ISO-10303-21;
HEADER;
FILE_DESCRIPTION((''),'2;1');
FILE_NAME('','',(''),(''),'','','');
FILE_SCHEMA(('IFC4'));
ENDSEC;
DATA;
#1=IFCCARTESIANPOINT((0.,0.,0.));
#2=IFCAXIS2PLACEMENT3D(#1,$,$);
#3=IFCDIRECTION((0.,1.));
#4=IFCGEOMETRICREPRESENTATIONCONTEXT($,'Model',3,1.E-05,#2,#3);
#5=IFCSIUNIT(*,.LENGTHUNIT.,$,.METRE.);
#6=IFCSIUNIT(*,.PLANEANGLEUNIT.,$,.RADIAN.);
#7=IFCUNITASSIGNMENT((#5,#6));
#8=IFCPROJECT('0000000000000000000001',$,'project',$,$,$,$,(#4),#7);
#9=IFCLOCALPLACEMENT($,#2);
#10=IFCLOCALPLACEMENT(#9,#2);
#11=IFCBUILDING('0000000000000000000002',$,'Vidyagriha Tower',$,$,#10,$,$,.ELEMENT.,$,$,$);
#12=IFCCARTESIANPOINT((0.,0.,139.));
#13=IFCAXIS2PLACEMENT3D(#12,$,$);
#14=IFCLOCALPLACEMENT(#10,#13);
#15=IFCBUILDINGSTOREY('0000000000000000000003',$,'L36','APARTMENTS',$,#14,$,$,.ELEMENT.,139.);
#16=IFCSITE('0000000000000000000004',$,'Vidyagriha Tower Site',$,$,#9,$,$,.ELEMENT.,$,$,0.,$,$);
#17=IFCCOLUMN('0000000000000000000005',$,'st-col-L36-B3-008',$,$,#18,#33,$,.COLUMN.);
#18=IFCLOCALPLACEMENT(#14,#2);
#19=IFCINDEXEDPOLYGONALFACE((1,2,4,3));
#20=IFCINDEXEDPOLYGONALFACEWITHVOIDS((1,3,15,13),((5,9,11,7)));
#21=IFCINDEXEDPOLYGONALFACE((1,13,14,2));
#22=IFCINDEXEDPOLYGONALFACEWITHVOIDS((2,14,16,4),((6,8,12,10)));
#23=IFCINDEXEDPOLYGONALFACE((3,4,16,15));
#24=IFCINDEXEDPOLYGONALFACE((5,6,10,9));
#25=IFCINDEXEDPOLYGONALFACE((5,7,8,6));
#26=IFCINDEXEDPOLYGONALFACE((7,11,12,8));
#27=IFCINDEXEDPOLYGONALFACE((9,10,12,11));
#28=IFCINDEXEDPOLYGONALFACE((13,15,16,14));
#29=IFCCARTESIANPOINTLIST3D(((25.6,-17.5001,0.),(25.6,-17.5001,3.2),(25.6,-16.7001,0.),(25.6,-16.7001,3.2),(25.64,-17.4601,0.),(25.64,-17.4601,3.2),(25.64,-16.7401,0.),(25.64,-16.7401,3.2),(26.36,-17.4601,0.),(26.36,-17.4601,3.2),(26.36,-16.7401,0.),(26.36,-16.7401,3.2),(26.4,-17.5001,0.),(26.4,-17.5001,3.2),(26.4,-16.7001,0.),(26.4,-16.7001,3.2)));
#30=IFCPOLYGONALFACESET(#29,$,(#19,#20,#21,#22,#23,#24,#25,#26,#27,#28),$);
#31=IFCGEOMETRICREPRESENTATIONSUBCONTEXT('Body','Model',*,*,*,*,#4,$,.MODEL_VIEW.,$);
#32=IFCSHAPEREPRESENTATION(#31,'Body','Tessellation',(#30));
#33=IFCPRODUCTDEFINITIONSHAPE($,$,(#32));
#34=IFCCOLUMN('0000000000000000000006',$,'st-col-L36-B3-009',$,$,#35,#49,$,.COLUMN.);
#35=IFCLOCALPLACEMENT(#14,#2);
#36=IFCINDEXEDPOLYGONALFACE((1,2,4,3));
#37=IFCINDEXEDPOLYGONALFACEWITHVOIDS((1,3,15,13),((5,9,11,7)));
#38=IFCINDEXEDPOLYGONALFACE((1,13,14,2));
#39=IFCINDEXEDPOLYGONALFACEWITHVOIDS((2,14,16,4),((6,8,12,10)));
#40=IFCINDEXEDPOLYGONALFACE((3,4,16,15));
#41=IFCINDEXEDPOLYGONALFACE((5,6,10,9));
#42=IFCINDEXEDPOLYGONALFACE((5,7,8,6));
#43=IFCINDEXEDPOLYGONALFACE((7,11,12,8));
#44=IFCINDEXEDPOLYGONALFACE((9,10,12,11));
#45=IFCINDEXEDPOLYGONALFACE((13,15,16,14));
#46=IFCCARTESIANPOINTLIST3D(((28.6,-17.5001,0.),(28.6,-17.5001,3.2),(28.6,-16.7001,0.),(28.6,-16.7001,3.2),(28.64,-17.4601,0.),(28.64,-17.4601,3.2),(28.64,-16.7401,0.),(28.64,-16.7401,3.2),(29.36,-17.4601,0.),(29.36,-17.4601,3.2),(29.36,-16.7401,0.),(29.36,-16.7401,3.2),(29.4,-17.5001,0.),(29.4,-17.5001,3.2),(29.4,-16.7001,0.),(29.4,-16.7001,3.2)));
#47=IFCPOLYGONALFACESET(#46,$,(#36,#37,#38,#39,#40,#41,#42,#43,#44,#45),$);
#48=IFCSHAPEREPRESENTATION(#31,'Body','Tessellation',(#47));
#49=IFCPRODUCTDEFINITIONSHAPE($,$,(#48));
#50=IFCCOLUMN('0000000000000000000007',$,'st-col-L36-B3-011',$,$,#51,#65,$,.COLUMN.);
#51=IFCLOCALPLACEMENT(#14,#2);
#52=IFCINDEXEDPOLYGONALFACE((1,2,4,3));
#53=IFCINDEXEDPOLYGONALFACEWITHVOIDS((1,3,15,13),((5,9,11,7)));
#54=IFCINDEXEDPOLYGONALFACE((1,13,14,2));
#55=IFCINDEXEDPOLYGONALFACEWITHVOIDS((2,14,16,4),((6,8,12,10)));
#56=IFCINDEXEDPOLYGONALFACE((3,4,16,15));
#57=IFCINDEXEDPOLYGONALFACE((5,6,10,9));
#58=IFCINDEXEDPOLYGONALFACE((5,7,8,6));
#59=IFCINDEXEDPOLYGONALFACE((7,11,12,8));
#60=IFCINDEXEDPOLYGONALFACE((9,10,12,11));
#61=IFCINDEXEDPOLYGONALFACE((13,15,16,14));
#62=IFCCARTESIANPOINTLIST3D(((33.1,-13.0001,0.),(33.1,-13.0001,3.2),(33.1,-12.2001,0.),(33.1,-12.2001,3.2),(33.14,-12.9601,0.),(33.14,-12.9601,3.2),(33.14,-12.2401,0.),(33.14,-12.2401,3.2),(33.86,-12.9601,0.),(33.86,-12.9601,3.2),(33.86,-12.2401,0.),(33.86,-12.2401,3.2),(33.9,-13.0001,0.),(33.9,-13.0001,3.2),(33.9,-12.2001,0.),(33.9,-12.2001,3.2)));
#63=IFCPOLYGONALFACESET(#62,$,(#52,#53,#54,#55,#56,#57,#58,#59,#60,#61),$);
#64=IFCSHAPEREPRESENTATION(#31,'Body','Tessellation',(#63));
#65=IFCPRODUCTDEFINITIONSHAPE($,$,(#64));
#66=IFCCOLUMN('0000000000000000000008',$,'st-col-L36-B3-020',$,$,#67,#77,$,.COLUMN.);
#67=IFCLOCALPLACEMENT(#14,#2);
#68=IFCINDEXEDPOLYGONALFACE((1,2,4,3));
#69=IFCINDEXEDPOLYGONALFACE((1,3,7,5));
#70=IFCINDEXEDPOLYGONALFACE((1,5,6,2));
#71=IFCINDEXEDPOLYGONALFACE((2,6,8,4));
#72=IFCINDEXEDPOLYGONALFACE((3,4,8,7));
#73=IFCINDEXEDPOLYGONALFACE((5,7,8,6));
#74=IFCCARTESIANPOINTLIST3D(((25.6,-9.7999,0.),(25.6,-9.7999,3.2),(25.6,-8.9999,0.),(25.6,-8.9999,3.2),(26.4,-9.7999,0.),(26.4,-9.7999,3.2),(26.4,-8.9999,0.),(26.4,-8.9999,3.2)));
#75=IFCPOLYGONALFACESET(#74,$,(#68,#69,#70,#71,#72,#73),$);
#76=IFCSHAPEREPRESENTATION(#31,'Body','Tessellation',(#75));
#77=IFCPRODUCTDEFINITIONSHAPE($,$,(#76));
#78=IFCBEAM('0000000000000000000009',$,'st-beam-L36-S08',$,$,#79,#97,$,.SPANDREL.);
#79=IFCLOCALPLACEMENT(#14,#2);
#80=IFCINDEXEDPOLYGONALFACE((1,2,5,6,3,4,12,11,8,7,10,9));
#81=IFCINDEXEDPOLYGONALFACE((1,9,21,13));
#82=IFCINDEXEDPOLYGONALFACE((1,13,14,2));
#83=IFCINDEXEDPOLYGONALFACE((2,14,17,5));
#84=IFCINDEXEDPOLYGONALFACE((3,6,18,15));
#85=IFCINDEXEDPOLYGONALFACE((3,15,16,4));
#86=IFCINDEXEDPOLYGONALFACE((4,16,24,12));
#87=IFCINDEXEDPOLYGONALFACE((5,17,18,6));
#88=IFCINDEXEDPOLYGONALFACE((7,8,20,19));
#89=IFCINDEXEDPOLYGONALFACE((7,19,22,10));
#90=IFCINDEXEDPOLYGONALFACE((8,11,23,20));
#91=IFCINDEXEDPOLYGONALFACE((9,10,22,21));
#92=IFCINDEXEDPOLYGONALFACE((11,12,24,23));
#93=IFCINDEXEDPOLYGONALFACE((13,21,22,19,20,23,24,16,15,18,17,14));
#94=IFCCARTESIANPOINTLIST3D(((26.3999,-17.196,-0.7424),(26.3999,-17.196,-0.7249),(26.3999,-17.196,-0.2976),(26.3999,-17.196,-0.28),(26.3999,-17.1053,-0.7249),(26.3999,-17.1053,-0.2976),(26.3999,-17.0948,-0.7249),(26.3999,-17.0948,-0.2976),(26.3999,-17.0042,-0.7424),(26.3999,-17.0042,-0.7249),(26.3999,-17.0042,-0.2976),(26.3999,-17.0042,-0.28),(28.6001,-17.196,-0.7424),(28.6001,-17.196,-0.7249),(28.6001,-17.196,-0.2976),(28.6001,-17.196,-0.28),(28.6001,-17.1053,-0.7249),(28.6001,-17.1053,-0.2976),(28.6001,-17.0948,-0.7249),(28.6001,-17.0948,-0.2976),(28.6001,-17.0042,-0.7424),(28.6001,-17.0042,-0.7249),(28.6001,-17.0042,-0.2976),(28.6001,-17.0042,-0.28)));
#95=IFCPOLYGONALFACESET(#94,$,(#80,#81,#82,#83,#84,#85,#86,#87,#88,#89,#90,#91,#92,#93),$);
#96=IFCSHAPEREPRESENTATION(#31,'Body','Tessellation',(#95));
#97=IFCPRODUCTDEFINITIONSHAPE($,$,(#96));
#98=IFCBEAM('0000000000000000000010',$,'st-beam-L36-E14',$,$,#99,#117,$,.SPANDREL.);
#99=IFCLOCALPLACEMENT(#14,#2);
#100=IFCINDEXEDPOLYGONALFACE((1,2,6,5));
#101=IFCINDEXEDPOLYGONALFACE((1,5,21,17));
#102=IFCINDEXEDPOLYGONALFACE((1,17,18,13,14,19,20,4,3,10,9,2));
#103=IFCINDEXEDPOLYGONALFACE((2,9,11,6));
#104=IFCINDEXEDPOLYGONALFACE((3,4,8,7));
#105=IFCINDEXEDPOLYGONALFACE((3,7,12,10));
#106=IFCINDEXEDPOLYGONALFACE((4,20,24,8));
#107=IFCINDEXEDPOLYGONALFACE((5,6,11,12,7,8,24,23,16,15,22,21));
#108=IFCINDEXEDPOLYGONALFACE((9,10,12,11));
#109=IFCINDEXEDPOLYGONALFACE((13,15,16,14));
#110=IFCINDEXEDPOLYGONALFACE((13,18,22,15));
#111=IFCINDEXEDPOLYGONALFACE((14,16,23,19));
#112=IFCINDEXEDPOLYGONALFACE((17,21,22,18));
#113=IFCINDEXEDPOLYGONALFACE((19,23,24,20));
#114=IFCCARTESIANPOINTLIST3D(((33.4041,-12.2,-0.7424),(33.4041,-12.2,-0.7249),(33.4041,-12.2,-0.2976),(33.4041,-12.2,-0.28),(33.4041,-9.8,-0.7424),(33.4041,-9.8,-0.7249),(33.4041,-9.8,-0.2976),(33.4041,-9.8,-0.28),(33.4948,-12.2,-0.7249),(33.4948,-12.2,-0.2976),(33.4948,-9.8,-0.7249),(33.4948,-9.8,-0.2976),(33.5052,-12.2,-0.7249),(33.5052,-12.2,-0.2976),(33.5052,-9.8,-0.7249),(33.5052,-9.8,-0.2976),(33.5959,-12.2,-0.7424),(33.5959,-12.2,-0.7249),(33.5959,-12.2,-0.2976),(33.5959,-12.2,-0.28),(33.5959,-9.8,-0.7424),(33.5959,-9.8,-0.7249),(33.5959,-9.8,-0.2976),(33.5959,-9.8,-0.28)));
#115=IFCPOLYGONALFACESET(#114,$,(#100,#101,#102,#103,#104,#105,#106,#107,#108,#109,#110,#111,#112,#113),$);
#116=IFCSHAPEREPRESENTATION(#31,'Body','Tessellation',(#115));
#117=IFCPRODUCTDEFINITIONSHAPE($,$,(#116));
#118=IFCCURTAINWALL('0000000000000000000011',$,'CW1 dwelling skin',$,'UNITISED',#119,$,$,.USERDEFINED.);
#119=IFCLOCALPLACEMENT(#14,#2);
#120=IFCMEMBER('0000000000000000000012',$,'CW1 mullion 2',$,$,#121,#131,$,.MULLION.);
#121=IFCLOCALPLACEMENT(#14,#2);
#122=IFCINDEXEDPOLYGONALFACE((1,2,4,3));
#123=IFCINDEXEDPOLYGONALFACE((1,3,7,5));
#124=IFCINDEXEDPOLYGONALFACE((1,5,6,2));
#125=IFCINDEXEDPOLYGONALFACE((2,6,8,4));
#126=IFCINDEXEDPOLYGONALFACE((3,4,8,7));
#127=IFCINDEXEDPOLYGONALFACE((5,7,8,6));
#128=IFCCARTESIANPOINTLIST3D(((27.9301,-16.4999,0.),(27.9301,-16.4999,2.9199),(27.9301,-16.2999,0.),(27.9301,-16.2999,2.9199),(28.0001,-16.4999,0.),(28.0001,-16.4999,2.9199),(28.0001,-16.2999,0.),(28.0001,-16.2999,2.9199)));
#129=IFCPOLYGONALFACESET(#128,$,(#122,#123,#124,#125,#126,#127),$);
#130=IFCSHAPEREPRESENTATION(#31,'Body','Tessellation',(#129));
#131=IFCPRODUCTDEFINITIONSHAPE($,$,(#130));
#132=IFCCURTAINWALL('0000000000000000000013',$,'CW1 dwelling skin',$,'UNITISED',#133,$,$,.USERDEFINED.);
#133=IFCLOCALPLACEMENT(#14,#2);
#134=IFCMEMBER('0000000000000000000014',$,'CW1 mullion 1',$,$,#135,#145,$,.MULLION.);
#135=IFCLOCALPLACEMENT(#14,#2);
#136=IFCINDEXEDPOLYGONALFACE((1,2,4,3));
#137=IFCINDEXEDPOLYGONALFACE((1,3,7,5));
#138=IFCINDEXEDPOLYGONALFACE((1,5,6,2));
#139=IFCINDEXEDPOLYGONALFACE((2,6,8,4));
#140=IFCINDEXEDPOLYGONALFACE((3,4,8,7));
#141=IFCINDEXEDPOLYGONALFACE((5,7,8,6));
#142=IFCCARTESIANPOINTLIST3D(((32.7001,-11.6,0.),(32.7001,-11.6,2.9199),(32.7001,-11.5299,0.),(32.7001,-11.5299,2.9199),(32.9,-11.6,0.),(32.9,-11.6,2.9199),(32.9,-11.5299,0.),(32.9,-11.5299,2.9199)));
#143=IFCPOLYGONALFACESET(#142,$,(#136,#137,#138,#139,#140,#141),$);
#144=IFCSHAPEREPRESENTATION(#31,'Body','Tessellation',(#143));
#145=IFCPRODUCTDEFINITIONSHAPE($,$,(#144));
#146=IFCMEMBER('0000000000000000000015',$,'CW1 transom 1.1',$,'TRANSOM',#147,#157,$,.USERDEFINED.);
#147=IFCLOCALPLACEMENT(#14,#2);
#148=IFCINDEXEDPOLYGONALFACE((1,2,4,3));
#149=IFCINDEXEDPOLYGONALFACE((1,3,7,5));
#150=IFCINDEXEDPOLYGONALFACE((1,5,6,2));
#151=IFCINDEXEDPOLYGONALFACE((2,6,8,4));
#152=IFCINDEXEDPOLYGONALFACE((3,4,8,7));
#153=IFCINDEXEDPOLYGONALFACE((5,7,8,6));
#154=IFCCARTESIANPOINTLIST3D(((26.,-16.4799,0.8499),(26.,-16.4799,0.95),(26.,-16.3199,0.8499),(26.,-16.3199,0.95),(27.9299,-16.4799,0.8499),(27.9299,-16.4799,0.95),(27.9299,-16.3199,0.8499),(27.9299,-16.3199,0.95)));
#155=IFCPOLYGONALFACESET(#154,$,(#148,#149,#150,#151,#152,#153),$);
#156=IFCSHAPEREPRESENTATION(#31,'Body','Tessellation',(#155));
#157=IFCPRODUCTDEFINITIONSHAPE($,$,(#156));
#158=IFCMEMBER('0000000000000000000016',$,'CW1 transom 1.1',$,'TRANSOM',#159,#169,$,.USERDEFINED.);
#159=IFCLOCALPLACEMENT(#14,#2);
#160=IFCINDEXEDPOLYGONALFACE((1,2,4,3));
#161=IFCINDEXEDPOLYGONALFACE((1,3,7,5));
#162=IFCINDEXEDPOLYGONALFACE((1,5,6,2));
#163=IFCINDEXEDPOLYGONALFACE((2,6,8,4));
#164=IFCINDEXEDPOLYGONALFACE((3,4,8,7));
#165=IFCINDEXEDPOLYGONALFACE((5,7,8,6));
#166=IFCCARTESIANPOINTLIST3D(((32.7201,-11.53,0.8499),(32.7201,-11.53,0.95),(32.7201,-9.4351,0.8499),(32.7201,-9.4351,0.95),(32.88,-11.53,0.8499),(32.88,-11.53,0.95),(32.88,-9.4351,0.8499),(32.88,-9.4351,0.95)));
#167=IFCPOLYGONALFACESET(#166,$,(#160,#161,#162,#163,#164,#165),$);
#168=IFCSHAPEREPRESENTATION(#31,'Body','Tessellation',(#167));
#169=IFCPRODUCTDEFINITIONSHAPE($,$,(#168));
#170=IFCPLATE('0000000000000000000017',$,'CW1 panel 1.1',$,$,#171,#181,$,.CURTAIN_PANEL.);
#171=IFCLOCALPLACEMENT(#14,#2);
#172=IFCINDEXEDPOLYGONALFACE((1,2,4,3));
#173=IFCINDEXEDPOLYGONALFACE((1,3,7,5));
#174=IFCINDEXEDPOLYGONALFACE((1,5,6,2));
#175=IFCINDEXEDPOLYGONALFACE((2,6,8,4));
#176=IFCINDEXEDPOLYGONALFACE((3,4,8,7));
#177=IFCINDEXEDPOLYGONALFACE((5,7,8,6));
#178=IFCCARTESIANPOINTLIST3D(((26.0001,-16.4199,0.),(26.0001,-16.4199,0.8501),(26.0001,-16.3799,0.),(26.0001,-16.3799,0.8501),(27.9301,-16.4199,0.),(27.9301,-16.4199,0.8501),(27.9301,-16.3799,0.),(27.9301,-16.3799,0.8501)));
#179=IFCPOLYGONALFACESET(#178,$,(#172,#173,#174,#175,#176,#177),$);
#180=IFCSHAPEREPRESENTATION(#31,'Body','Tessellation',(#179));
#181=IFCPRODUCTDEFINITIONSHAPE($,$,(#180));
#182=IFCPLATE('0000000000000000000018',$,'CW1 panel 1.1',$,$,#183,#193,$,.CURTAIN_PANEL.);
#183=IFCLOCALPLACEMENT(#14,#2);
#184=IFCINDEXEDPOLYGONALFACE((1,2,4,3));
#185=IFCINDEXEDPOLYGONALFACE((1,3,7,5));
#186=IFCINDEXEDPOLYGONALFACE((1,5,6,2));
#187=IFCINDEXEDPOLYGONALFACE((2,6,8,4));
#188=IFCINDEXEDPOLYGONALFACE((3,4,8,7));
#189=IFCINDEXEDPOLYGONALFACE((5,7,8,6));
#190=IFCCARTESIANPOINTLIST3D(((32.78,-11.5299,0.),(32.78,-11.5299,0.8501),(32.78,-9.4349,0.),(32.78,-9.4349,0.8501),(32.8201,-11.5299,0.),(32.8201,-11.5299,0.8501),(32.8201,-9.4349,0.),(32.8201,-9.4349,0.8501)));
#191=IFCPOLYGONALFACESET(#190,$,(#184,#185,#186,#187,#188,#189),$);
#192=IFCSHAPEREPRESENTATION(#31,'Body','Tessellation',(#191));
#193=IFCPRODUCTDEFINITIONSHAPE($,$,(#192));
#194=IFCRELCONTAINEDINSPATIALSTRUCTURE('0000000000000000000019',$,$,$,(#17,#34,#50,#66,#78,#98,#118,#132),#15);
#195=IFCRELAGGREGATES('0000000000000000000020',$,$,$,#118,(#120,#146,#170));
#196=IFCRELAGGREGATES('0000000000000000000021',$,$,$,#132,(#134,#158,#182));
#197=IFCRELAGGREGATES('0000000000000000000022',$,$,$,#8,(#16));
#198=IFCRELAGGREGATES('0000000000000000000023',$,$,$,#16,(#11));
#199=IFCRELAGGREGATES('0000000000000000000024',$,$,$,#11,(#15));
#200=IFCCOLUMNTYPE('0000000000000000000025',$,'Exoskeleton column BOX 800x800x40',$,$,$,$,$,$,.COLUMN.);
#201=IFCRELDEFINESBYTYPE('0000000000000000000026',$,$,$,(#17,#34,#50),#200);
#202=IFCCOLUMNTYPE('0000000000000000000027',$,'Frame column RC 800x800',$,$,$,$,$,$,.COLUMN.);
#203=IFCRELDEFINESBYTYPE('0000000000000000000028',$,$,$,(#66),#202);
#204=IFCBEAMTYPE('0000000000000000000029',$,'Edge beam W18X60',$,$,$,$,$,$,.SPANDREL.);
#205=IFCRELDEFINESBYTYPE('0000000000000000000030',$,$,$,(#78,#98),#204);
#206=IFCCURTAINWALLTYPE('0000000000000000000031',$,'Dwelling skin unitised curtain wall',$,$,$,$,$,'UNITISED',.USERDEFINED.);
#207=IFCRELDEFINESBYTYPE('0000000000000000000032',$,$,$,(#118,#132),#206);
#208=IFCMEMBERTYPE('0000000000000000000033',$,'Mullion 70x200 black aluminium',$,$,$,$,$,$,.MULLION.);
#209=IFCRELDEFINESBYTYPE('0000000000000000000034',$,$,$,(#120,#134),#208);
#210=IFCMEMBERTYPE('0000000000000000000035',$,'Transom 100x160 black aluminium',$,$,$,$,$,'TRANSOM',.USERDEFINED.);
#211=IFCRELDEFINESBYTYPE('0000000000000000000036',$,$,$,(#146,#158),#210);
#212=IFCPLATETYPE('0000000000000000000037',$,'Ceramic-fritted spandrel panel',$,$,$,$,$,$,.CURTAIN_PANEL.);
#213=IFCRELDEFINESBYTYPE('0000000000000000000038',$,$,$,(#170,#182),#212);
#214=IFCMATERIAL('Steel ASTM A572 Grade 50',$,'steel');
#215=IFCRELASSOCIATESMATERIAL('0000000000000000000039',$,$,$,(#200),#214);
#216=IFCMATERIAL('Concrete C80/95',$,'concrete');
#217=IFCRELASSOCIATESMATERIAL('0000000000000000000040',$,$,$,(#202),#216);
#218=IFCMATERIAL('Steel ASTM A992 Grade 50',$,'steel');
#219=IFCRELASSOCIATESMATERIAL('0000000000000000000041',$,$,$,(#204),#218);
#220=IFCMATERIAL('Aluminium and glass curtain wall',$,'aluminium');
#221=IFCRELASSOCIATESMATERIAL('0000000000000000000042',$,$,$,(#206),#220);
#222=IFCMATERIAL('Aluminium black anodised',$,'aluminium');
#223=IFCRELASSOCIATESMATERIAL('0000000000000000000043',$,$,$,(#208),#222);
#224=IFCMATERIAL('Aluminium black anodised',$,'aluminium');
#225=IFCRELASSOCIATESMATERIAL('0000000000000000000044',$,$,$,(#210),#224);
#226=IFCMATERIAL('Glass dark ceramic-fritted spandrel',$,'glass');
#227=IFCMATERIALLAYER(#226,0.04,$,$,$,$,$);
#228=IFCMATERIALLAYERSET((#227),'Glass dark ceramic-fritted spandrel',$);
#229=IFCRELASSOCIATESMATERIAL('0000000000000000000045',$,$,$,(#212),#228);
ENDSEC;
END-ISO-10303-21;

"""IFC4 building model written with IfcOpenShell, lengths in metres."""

from ifc_helpers import new_model, si_unit, direction, frame, origin, origin_2d, place, context, subcontext, project, spatial, rectangle, hollow_rectangle, i_section, extrude, material, layer, layer_set, material_profile, profile_set, type_object, element, aggregate, save


model = new_model("IFC4")

# Units and contexts
model_context = context("Model", 3, precision=1e-05, world=origin(), true_north=direction((0.0, 1.0)))
body_context = subcontext(model_context, "Body", "Model", "MODEL_VIEW")
ifc_project = project(units=[si_unit("LENGTHUNIT", "METRE"), si_unit("PLANEANGLEUNIT", "RADIAN")], contexts=[model_context])

# Site, building, storey
site_placement = place(None, origin())
site = spatial("IfcSite", under=ifc_project, at=site_placement, Name="Vidyagriha Tower Site", CompositionType="ELEMENT", RefElevation=0.0)
building_placement = place(site_placement, origin())
building = spatial("IfcBuilding", under=site, at=building_placement, Name="Vidyagriha Tower", CompositionType="ELEMENT")
storey_placement = place(building_placement, frame((0.0, 0.0, 139.0)))
storey = spatial("IfcBuildingStorey", under=building, at=storey_placement, Name="L36", Description="APARTMENTS", CompositionType="ELEMENT", Elevation=139.0)

# Columns
ifc_material_1 = material(Name="Steel ASTM A572 Grade 50", Category="steel")
ifc_material_profile_1 = material_profile(ifc_material_1, hollow_rectangle(XDim=0.8, YDim=0.8, WallThickness=0.04, at=origin_2d()), Name="BOX 800x800x40")
ifc_profile_set_1 = profile_set([ifc_material_profile_1], Name="Steel ASTM A572 Grade 50")
column_type_1 = type_object("IfcColumnType", Name="Exoskeleton column BOX 800x800x40", PredefinedType="COLUMN", material=ifc_profile_set_1)
for number, where, name in (
    (1, (26.0, -17.1001, 0.0), "st-col-L36-B3-008"),
    (2, (29.0, -17.1001, 0.0), "st-col-L36-B3-009"),
    (3, (33.5, -12.6001, 0.0), "st-col-L36-B3-011"),
):
    element("IfcColumn", number, at=place(storey_placement, frame(where)), inside=storey, type_object=column_type_1, Name=name, PredefinedType="COLUMN", context=body_context, shape_type="SweptSolid", body=[
        extrude(hollow_rectangle(XDim=0.8, YDim=0.8, WallThickness=0.04, at=origin_2d()), origin(), (0.0, 0.0, 1.0), 3.2),
    ])
ifc_material_2 = material(Name="Concrete C80/95", Category="concrete")
ifc_material_profile_2 = material_profile(ifc_material_2, rectangle(XDim=0.8, YDim=0.8, at=origin_2d()), Name="RC 800x800")
ifc_profile_set_2 = profile_set([ifc_material_profile_2], Name="Concrete C80/95")
column_type_2 = type_object("IfcColumnType", Name="Frame column RC 800x800", PredefinedType="COLUMN", material=ifc_profile_set_2)
column_placement = place(storey_placement, frame((26.0, -9.3999, 0.0)))
element("IfcColumn", 4, at=column_placement, inside=storey, type_object=column_type_2, Name="st-col-L36-B3-020", PredefinedType="COLUMN", context=body_context, shape_type="SweptSolid", body=[
    extrude(rectangle(XDim=0.8, YDim=0.8, at=origin_2d()), origin(), (0.0, 0.0, 1.0), 3.2),
])

# Beams
ifc_material_3 = material(Name="Steel ASTM A992 Grade 50", Category="steel")
ifc_material_profile_3 = material_profile(ifc_material_3, i_section(OverallWidth=0.1919, OverallDepth=0.4624, WebThickness=0.0105, FlangeThickness=0.0176, at=origin_2d()), Name="W18X60")
ifc_profile_set_3 = profile_set([ifc_material_profile_3], Name="Steel ASTM A992 Grade 50")
beam_type = type_object("IfcBeamType", Name="Edge beam W18X60", PredefinedType="SPANDREL", material=ifc_profile_set_3)
beam_1_placement = place(storey_placement, frame((26.3999, -17.1001, -0.5112), z_axis=(1.0, 0.0, 0.0), x_axis=(0.0, 1.0, 0.0)))
element("IfcBeam", 5, at=beam_1_placement, inside=storey, type_object=beam_type, Name="st-beam-L36-S08", PredefinedType="SPANDREL", context=body_context, shape_type="SweptSolid", body=[
    extrude(i_section(OverallWidth=0.1919, OverallDepth=0.4624, WebThickness=0.0105, FlangeThickness=0.0176, at=origin_2d()), origin(), (0.0, 0.0, 1.0), 2.2002),
])
beam_2_placement = place(storey_placement, frame((33.5, -12.2, -0.5112), z_axis=(0.0, 1.0, 0.0), x_axis=(-1.0, 0.0, 0.0)))
element("IfcBeam", 6, at=beam_2_placement, inside=storey, type_object=beam_type, Name="st-beam-L36-E14", PredefinedType="SPANDREL", context=body_context, shape_type="SweptSolid", body=[
    extrude(i_section(OverallWidth=0.1919, OverallDepth=0.4624, WebThickness=0.0105, FlangeThickness=0.0176, at=origin_2d()), origin(), (0.0, 0.0, 1.0), 2.3999),
])

# Curtain walls, members
ifc_material_4 = material(Name="Aluminium and glass curtain wall", Category="aluminium")
curtain_wall_type = type_object("IfcCurtainWallType", Name="Dwelling skin unitised curtain wall", ElementType="UNITISED", PredefinedType="USERDEFINED", material=ifc_material_4)
curtain_wall_1_placement = place(storey_placement, origin())
curtain_wall_1 = element("IfcCurtainWall", 7, at=curtain_wall_1_placement, inside=storey, type_object=curtain_wall_type, Name="CW1 dwelling skin", ObjectType="UNITISED", PredefinedType="USERDEFINED")
ifc_material_5 = material(Name="Aluminium black anodised", Category="aluminium")
ifc_material_profile_4 = material_profile(ifc_material_5, rectangle(XDim=0.2, YDim=0.0701, at=origin_2d()), Name="Mullion 70x200 black aluminium")
ifc_profile_set_4 = profile_set([ifc_material_profile_4], Name="Aluminium black anodised")
member_type_1 = type_object("IfcMemberType", Name="Mullion 70x200 black aluminium", PredefinedType="MULLION", material=ifc_profile_set_4)
member_1_placement = place(storey_placement, frame((27.9651, -16.3999, 0.0), z_axis=(0.0, 0.0, 1.0), x_axis=(0.0, 1.0, 0.0)))
member_1 = element("IfcMember", 8, at=member_1_placement, type_object=member_type_1, Name="CW1 mullion 2", PredefinedType="MULLION", context=body_context, shape_type="SweptSolid", body=[
    extrude(rectangle(XDim=0.2, YDim=0.0701, at=origin_2d()), origin(), (0.0, 0.0, 1.0), 2.9199),
])
curtain_wall_2_placement = place(storey_placement, origin())
curtain_wall_2 = element("IfcCurtainWall", 9, at=curtain_wall_2_placement, inside=storey, type_object=curtain_wall_type, Name="CW1 dwelling skin", ObjectType="UNITISED", PredefinedType="USERDEFINED")
member_2_placement = place(storey_placement, frame((32.8, -11.5649, 0.0), z_axis=(0.0, 0.0, 1.0), x_axis=(-1.0, 0.0, 0.0)))
member_2 = element("IfcMember", 10, at=member_2_placement, type_object=member_type_1, Name="CW1 mullion 1", PredefinedType="MULLION", context=body_context, shape_type="SweptSolid", body=[
    extrude(rectangle(XDim=0.2, YDim=0.0701, at=origin_2d()), origin(), (0.0, 0.0, 1.0), 2.9199),
])

# Members
ifc_material_6 = material(Name="Aluminium black anodised", Category="aluminium")
ifc_material_profile_5 = material_profile(ifc_material_6, rectangle(XDim=0.1599, YDim=0.1001, at=origin_2d()), Name="Transom 100x160 black aluminium")
ifc_profile_set_5 = profile_set([ifc_material_profile_5], Name="Aluminium black anodised")
member_type_2 = type_object("IfcMemberType", Name="Transom 100x160 black aluminium", ElementType="TRANSOM", PredefinedType="USERDEFINED", material=ifc_profile_set_5)
member_3_placement = place(storey_placement, frame((26.0, -16.3999, 0.8999), z_axis=(1.0, 0.0, 0.0), x_axis=(0.0, 1.0, 0.0)))
member_3 = element("IfcMember", 11, at=member_3_placement, type_object=member_type_2, Name="CW1 transom 1.1", ObjectType="TRANSOM", PredefinedType="USERDEFINED", context=body_context, shape_type="SweptSolid", body=[
    extrude(rectangle(XDim=0.1599, YDim=0.1001, at=origin_2d()), origin(), (0.0, 0.0, 1.0), 1.9299),
])
member_4_placement = place(storey_placement, frame((32.8, -11.53, 0.8999), z_axis=(0.0, 1.0, 0.0), x_axis=(-1.0, 0.0, 0.0)))
member_4 = element("IfcMember", 12, at=member_4_placement, type_object=member_type_2, Name="CW1 transom 1.1", ObjectType="TRANSOM", PredefinedType="USERDEFINED", context=body_context, shape_type="SweptSolid", body=[
    extrude(rectangle(XDim=0.1599, YDim=0.1001, at=origin_2d()), origin(), (0.0, 0.0, 1.0), 2.095),
])

# Plates
ifc_material_7 = material(Name="Glass dark ceramic-fritted spandrel", Category="glass")
ifc_layer_1 = layer(ifc_material_7, 0.04)
ifc_layer_set_1 = layer_set([ifc_layer_1], Name="Glass dark ceramic-fritted spandrel")
plate_type_1 = type_object("IfcPlateType", Name="Ceramic-fritted spandrel panel", PredefinedType="CURTAIN_PANEL", material=ifc_layer_set_1)
plate_1_placement = place(storey_placement, frame((26.9651, -16.3999, 0.0)))
plate_1 = element("IfcPlate", 13, at=plate_1_placement, type_object=plate_type_1, Name="CW1 panel 1.1", PredefinedType="CURTAIN_PANEL", context=body_context, shape_type="SweptSolid", body=[
    extrude(rectangle(XDim=1.9299, YDim=0.04, at=origin_2d()), origin(), (0.0, 0.0, 1.0), 0.8501),
])
plate_2_placement = place(storey_placement, frame((32.8, -10.4824, 0.0), z_axis=(0.0, 0.0, 1.0), x_axis=(0.0, 1.0, 0.0)))
plate_2 = element("IfcPlate", 14, at=plate_2_placement, type_object=plate_type_1, Name="CW1 panel 1.1", PredefinedType="CURTAIN_PANEL", context=body_context, shape_type="SweptSolid", body=[
    extrude(rectangle(XDim=2.095, YDim=0.04, at=origin_2d()), origin(), (0.0, 0.0, 1.0), 0.8501),
])
aggregate(curtain_wall_1, [member_1, member_3, plate_1])
aggregate(curtain_wall_2, [member_2, member_4, plate_2])

save(model, "model.ifc")
